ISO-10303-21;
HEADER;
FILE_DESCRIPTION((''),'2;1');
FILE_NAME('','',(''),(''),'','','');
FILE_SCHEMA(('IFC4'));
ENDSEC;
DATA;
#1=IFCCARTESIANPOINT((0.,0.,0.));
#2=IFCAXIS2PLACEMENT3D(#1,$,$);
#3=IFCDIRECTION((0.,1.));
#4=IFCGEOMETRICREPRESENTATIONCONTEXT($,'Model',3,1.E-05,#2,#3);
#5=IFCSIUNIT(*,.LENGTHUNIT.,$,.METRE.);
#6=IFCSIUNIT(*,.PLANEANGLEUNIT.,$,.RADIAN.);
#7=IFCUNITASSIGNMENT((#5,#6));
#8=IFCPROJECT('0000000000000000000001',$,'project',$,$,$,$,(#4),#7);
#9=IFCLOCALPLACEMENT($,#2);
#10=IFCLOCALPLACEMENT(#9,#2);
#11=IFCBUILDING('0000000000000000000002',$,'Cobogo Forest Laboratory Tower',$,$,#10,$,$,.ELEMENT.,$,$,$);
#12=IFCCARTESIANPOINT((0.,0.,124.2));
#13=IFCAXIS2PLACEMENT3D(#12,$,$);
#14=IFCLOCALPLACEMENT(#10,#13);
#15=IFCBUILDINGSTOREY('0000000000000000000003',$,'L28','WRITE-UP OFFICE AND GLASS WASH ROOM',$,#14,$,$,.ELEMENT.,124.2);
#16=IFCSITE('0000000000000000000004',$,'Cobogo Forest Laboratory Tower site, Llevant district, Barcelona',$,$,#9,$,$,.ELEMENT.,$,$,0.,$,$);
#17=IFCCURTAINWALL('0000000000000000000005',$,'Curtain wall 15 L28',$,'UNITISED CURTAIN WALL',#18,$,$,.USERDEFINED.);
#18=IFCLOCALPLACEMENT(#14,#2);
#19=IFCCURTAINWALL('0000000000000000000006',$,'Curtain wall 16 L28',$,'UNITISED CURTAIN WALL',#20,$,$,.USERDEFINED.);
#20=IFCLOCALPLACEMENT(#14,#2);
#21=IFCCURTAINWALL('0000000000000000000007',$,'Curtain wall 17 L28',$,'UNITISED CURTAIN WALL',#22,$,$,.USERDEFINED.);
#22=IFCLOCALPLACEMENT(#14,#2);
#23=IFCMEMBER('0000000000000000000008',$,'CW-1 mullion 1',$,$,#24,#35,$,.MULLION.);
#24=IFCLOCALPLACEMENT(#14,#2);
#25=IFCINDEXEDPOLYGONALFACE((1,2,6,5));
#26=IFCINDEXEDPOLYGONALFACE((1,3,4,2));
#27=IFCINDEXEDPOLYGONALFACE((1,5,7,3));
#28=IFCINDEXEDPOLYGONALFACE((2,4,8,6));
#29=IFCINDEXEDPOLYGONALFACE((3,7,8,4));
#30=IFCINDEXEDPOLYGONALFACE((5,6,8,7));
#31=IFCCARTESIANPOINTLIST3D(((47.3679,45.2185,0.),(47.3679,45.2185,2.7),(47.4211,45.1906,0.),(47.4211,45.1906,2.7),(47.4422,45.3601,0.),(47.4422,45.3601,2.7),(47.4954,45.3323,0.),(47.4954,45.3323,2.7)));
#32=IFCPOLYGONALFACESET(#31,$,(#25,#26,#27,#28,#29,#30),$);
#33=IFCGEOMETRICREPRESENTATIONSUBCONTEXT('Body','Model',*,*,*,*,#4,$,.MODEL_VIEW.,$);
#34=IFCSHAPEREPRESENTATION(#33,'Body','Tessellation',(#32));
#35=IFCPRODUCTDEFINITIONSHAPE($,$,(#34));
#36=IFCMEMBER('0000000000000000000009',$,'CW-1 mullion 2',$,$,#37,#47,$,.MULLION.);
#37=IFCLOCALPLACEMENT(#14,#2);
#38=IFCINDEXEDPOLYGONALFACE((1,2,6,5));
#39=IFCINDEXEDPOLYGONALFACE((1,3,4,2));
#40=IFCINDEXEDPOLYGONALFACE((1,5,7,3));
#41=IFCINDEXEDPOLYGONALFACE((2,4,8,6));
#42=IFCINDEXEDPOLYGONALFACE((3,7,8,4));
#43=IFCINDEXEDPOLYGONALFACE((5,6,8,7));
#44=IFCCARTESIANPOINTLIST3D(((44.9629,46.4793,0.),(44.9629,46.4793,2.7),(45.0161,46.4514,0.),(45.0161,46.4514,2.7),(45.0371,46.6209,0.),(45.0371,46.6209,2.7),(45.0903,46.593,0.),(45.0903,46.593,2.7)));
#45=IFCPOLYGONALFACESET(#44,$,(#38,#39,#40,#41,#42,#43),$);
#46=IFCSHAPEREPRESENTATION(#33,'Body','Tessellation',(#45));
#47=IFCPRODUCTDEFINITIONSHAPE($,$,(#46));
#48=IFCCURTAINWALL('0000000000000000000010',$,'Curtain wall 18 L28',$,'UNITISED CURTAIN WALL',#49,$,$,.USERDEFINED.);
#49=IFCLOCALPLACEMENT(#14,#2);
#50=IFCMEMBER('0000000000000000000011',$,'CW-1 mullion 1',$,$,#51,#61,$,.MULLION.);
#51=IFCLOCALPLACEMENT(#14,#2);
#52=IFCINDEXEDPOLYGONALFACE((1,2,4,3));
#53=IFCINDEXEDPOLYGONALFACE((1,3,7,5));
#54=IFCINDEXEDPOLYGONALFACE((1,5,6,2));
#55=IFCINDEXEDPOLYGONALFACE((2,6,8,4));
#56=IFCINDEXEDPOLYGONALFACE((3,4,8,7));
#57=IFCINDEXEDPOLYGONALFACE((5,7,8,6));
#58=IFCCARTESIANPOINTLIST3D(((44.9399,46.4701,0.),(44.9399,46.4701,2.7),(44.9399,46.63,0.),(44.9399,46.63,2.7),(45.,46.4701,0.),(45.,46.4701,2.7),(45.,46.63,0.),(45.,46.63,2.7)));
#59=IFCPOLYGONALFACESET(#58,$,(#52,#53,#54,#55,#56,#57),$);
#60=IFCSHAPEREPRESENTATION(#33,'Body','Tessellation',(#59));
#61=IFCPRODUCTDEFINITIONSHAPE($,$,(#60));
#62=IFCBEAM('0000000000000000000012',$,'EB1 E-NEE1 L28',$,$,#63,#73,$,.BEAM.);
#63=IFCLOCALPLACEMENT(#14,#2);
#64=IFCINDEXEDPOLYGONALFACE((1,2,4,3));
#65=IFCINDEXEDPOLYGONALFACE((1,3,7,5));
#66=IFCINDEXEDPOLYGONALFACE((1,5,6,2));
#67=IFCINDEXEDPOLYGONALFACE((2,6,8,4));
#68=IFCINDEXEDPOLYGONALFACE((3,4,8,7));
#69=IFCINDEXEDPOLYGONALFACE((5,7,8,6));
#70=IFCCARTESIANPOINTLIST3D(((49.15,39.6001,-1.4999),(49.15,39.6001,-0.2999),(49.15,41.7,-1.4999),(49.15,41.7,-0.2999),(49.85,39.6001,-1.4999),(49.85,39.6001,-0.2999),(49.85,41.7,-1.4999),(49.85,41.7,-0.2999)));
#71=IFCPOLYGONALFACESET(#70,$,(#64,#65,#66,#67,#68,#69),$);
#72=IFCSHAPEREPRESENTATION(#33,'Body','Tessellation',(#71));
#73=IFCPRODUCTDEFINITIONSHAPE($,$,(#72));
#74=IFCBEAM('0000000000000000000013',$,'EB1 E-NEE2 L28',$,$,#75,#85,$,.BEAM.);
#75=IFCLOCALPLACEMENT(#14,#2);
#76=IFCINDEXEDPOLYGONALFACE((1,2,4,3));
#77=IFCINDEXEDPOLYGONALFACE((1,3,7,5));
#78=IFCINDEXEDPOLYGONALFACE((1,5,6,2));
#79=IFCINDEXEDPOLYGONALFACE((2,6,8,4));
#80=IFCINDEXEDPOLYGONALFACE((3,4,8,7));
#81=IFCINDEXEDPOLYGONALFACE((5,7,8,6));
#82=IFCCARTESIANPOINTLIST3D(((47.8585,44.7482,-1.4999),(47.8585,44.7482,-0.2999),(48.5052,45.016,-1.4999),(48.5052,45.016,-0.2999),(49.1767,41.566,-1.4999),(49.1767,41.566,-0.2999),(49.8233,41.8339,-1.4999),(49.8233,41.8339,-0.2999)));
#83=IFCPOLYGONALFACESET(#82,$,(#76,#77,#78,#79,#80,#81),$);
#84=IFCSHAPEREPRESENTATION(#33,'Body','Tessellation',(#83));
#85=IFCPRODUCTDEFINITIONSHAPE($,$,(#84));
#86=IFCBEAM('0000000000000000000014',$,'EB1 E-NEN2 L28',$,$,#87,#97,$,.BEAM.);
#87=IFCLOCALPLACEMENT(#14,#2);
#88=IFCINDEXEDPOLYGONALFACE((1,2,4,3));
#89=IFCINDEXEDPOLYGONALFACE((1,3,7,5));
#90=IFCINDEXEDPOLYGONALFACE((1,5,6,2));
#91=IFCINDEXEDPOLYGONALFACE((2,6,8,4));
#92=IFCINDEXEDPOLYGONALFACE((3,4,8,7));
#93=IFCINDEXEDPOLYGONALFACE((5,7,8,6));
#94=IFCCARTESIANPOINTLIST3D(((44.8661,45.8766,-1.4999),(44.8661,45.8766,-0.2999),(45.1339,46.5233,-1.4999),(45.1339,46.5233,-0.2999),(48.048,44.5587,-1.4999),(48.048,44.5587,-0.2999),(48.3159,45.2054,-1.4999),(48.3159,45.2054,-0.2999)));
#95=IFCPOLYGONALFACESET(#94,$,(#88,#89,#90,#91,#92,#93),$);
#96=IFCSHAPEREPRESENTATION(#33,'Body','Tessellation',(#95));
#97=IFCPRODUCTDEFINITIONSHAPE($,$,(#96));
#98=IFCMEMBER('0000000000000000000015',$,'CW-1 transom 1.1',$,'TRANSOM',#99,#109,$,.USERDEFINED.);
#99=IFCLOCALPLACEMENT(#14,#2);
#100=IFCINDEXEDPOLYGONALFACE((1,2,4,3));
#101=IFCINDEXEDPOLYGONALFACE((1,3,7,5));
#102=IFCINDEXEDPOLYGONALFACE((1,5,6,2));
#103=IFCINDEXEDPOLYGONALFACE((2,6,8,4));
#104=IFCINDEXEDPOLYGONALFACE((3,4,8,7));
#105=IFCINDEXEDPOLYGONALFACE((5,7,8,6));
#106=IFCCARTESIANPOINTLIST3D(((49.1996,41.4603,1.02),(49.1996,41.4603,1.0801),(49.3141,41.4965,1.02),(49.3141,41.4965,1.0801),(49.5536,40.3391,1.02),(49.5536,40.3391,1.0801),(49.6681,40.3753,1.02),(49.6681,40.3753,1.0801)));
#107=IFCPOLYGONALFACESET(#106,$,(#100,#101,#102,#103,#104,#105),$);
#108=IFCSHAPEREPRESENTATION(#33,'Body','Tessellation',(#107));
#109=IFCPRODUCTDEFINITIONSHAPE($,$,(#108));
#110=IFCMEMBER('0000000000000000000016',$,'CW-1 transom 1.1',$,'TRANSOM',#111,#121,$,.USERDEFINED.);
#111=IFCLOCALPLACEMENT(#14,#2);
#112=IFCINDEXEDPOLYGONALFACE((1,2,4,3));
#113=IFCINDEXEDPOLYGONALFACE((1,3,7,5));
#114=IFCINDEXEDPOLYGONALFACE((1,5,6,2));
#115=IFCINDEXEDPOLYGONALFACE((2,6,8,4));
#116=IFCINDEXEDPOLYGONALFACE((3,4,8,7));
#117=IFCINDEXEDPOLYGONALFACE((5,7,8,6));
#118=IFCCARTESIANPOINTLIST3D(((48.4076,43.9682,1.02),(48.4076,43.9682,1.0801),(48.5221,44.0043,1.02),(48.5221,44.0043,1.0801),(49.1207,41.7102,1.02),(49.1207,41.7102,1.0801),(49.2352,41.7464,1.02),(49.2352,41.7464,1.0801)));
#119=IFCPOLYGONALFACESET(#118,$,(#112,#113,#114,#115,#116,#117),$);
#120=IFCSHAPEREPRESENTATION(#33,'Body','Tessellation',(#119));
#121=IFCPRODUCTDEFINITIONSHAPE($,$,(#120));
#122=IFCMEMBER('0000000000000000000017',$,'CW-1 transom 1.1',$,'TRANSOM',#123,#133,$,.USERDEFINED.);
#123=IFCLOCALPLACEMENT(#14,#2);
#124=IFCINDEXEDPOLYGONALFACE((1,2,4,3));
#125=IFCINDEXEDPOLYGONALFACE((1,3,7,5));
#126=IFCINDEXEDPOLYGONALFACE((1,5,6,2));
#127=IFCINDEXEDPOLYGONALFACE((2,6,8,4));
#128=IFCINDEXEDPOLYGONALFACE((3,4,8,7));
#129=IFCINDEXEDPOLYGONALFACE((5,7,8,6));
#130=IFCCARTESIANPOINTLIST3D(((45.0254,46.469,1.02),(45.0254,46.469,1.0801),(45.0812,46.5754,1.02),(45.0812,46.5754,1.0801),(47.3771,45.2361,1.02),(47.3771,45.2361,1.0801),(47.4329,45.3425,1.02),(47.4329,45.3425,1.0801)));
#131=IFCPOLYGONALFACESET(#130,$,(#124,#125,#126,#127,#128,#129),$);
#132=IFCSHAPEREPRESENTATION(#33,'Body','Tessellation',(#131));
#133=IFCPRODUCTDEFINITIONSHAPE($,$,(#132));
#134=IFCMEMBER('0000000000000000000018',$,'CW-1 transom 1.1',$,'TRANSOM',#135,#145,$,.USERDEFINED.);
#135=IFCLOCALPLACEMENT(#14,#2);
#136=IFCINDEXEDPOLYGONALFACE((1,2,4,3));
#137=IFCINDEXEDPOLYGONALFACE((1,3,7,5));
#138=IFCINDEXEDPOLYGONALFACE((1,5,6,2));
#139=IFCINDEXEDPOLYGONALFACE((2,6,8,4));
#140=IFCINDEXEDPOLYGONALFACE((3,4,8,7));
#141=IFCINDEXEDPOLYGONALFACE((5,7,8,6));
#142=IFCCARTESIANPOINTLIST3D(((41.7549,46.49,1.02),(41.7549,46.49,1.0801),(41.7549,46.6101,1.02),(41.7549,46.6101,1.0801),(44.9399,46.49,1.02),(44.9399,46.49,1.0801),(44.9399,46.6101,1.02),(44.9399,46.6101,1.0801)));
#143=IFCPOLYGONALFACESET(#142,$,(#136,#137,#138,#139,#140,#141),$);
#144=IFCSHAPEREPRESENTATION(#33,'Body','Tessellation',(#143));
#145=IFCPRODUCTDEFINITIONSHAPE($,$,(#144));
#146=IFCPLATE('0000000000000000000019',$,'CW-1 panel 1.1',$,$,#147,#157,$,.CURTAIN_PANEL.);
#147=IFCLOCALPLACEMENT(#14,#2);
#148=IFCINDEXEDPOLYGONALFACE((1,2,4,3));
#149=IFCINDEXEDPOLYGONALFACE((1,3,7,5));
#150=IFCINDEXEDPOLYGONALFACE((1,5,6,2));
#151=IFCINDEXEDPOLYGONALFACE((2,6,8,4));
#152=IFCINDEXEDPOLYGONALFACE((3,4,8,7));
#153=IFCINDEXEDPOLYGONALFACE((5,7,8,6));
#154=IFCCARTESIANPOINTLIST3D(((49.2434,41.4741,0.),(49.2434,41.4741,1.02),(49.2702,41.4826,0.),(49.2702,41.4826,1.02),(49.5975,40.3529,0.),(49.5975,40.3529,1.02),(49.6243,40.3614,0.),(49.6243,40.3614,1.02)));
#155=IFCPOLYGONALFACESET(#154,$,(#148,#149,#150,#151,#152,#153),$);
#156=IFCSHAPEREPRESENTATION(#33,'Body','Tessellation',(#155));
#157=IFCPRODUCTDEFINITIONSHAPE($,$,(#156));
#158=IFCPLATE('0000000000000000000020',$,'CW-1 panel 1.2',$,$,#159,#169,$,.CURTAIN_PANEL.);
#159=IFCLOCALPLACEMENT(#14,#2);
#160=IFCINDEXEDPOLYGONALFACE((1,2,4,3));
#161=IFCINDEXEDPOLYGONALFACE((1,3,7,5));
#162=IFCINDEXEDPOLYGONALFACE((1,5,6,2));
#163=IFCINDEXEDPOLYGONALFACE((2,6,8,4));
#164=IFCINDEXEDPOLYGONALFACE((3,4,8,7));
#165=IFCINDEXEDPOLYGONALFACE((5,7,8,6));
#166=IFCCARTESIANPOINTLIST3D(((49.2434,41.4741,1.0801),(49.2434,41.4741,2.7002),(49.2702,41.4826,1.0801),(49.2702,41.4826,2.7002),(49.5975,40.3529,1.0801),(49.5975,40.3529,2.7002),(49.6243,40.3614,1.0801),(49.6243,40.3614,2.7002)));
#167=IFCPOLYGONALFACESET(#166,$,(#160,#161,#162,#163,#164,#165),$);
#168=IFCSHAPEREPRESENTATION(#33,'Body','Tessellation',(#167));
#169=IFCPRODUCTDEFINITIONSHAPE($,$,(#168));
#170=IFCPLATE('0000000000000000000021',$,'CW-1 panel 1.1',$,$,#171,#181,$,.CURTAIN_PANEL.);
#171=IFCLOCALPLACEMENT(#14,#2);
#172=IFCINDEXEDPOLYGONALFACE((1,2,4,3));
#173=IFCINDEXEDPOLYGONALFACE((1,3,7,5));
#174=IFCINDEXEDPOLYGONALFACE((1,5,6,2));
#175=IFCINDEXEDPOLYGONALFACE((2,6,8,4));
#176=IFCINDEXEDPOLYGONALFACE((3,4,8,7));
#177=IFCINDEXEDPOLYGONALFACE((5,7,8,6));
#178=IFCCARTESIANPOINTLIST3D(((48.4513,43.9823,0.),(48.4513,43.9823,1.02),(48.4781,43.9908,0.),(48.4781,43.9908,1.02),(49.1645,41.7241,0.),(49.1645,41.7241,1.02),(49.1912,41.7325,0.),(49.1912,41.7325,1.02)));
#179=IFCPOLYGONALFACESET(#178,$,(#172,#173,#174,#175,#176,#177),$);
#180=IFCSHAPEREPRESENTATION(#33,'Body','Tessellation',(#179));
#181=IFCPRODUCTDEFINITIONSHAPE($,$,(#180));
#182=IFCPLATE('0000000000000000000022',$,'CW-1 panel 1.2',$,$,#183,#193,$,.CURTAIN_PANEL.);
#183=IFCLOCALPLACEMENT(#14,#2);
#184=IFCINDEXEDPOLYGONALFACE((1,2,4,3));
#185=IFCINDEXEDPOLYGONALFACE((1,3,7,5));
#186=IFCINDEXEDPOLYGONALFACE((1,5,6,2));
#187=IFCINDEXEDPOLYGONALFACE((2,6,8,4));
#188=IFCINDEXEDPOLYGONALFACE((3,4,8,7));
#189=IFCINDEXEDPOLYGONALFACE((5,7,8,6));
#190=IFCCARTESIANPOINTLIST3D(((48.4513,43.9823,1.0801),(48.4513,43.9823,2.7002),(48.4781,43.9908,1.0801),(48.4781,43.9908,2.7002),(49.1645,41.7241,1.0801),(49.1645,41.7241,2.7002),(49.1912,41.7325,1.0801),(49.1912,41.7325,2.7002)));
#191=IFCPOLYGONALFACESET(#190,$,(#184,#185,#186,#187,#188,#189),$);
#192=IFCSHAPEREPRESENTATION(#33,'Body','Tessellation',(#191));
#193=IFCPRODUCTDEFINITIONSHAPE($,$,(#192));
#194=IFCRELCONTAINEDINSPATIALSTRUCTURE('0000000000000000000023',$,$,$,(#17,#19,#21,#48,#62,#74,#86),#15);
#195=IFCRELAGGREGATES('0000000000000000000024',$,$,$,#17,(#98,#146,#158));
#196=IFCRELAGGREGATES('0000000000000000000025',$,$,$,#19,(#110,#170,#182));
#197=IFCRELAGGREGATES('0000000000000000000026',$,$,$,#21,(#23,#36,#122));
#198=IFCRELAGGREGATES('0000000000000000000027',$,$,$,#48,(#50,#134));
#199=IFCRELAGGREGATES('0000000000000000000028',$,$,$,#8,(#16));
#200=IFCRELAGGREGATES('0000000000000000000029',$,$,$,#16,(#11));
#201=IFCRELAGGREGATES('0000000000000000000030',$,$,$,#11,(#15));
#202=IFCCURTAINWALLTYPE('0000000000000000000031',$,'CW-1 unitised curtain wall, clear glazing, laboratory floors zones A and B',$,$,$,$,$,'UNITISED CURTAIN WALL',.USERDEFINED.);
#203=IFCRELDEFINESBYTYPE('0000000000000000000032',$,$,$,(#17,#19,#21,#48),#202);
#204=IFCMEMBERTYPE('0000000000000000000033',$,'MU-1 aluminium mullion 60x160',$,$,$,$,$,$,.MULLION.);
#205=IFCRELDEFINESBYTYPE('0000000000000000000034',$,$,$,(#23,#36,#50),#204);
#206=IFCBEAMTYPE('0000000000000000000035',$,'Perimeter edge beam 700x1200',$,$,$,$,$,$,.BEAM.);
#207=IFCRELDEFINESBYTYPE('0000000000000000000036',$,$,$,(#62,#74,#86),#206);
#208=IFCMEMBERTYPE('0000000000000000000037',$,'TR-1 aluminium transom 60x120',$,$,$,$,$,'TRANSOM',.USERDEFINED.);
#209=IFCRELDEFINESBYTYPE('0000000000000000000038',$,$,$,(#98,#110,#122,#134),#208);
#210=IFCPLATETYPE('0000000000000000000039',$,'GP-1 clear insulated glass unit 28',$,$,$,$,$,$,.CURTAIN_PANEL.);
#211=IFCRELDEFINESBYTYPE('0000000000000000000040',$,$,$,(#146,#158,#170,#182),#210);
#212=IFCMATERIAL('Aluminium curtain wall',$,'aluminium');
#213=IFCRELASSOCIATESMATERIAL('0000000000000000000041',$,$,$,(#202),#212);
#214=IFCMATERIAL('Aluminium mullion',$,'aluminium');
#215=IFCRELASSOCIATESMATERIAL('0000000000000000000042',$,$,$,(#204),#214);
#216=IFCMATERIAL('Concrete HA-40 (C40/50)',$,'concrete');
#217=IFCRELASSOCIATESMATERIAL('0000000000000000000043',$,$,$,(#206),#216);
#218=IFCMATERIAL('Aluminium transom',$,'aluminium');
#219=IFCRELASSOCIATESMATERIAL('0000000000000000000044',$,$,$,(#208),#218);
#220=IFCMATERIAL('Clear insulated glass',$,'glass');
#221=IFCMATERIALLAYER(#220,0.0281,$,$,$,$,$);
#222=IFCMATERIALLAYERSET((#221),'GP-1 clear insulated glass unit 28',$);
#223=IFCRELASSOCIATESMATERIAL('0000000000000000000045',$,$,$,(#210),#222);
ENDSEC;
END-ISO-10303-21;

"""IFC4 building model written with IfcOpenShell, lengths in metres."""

from ifc_helpers import new_model, si_unit, direction, frame, origin, origin_2d, place, context, subcontext, project, spatial, rectangle, extrude, material, layer, layer_set, material_profile, profile_set, type_object, element, aggregate, save


model = new_model("IFC4")

# Units and contexts
model_context = context("Model", 3, precision=1e-05, world=origin(), true_north=direction((0.0, 1.0)))
body_context = subcontext(model_context, "Body", "Model", "MODEL_VIEW")
ifc_project = project(units=[si_unit("LENGTHUNIT", "METRE"), si_unit("PLANEANGLEUNIT", "RADIAN")], contexts=[model_context])

# Site, building, storey
site_placement = place(None, origin())
site = spatial("IfcSite", under=ifc_project, at=site_placement, Name="Cobogo Forest Laboratory Tower site, Llevant district, Barcelona", CompositionType="ELEMENT", RefElevation=0.0)
building_placement = place(site_placement, origin())
building = spatial("IfcBuilding", under=site, at=building_placement, Name="Cobogo Forest Laboratory Tower", CompositionType="ELEMENT")
storey_placement = place(building_placement, frame((0.0, 0.0, 124.2)))
storey = spatial("IfcBuildingStorey", under=building, at=storey_placement, Name="L28", Description="WRITE-UP OFFICE AND GLASS WASH ROOM", CompositionType="ELEMENT", Elevation=124.2)

# Shared definitions
ifc_material_1 = material(Name="Concrete HA-40 (C40/50)", Category="concrete")

# Shared definitions
ifc_material_2 = material(Name="Aluminium curtain wall", Category="aluminium")
curtain_wall_type = type_object("IfcCurtainWallType", Name="CW-1 unitised curtain wall, clear glazing, laboratory floors zones A and B", ElementType="UNITISED CURTAIN WALL", PredefinedType="USERDEFINED", material=ifc_material_2)
ifc_material_3 = material(Name="Aluminium mullion", Category="aluminium")
ifc_material_profile_1 = material_profile(ifc_material_3, rectangle(XDim=0.0601, YDim=0.1599, at=origin_2d()), Name="AL 60x160")
ifc_profile_set_1 = profile_set([ifc_material_profile_1], Name="Aluminium mullion")
member_type_1 = type_object("IfcMemberType", Name="MU-1 aluminium mullion 60x160", PredefinedType="MULLION", material=ifc_profile_set_1)

# Curtain walls, members
curtain_wall_1_placement = place(storey_placement, origin())
curtain_wall_1 = element("IfcCurtainWall", 1, at=curtain_wall_1_placement, inside=storey, type_object=curtain_wall_type, Name="Curtain wall 15 L28", ObjectType="UNITISED CURTAIN WALL", PredefinedType="USERDEFINED")
curtain_wall_2_placement = place(storey_placement, origin())
curtain_wall_2 = element("IfcCurtainWall", 2, at=curtain_wall_2_placement, inside=storey, type_object=curtain_wall_type, Name="Curtain wall 16 L28", ObjectType="UNITISED CURTAIN WALL", PredefinedType="USERDEFINED")
curtain_wall_3_placement = place(storey_placement, origin())
curtain_wall_3 = element("IfcCurtainWall", 3, at=curtain_wall_3_placement, inside=storey, type_object=curtain_wall_type, Name="Curtain wall 17 L28", ObjectType="UNITISED CURTAIN WALL", PredefinedType="USERDEFINED")
member_1_placement = place(storey_placement, frame((47.4316, 45.2754, 0.0), z_axis=(0.0, 0.0, 1.0), x_axis=(-0.885687, 0.464284, 0.0)))
member_1 = element("IfcMember", 4, at=member_1_placement, type_object=member_type_1, Name="CW-1 mullion 1", PredefinedType="MULLION", context=body_context, shape_type="SweptSolid", body=[
    extrude(rectangle(XDim=0.0601, YDim=0.1599, at=origin_2d()), origin(), (0.0, 0.0, 1.0), 2.7),
])
member_2_placement = place(storey_placement, frame((45.0266, 46.5361, 0.0), z_axis=(0.0, 0.0, 1.0), x_axis=(-0.885687, 0.464284, 0.0)))
member_2 = element("IfcMember", 5, at=member_2_placement, type_object=member_type_1, Name="CW-1 mullion 2", PredefinedType="MULLION", context=body_context, shape_type="SweptSolid", body=[
    extrude(rectangle(XDim=0.0601, YDim=0.1599, at=origin_2d()), origin(), (0.0, 0.0, 1.0), 2.7),
])

# Curtain wall, member
curtain_wall_4_placement = place(storey_placement, origin())
curtain_wall_4 = element("IfcCurtainWall", 6, at=curtain_wall_4_placement, inside=storey, type_object=curtain_wall_type, Name="Curtain wall 18 L28", ObjectType="UNITISED CURTAIN WALL", PredefinedType="USERDEFINED")
member_3_placement = place(storey_placement, frame((44.97, 46.55, 0.0), z_axis=(0.0, 0.0, 1.0), x_axis=(-1.0, 0.0, 0.0)))
member_3 = element("IfcMember", 7, at=member_3_placement, type_object=member_type_1, Name="CW-1 mullion 1", PredefinedType="MULLION", context=body_context, shape_type="SweptSolid", body=[
    extrude(rectangle(XDim=0.0601, YDim=0.1599, at=origin_2d()), origin(), (0.0, 0.0, 1.0), 2.7),
])

# Beams
ifc_material_profile_2 = material_profile(ifc_material_1, rectangle(XDim=0.7, YDim=1.2, at=origin_2d()), Name="RC 700x1200")
ifc_profile_set_2 = profile_set([ifc_material_profile_2], Name="Concrete HA-40 (C40/50)")
beam_type_1 = type_object("IfcBeamType", Name="Perimeter edge beam 700x1200", PredefinedType="BEAM", material=ifc_profile_set_2)
beam_1_placement = place(storey_placement, frame((49.5, 39.6001, -0.8999), z_axis=(0.0, 1.0, 0.0), x_axis=(-1.0, 0.0, 0.0)))
element("IfcBeam", 8, at=beam_1_placement, inside=storey, type_object=beam_type_1, Name="EB1 E-NEE1 L28", PredefinedType="BEAM", context=body_context, shape_type="SweptSolid", body=[
    extrude(rectangle(XDim=0.7, YDim=1.2, at=origin_2d()), origin(), (0.0, 0.0, 1.0), 2.0999),
])
beam_2_placement = place(storey_placement, frame((49.5, 41.7, -0.8999), z_axis=(-0.382692, 0.923876, 0.0), x_axis=(-0.923876, -0.382692, 0.0)))
element("IfcBeam", 9, at=beam_2_placement, inside=storey, type_object=beam_type_1, Name="EB1 E-NEE2 L28", PredefinedType="BEAM", context=body_context, shape_type="SweptSolid", body=[
    extrude(rectangle(XDim=0.7, YDim=1.2, at=origin_2d()), origin(), (0.0, 0.0, 1.0), 3.4443),
])
beam_3_placement = place(storey_placement, frame((45.0, 46.2, -0.8999), z_axis=(0.923891, -0.382656, 0.0), x_axis=(0.382656, 0.923891, 0.0)))
element("IfcBeam", 10, at=beam_3_placement, inside=storey, type_object=beam_type_1, Name="EB1 E-NEN2 L28", PredefinedType="BEAM", context=body_context, shape_type="SweptSolid", body=[
    extrude(rectangle(XDim=0.7, YDim=1.2, at=origin_2d()), origin(), (0.0, 0.0, 1.0), 3.4441),
])

# Members
ifc_material_4 = material(Name="Aluminium transom", Category="aluminium")
ifc_material_profile_3 = material_profile(ifc_material_4, rectangle(XDim=0.1201, YDim=0.0601, at=origin_2d()), Name="AL 60x120")
ifc_profile_set_3 = profile_set([ifc_material_profile_3], Name="Aluminium transom")
member_type_2 = type_object("IfcMemberType", Name="TR-1 aluminium transom 60x120", ElementType="TRANSOM", PredefinedType="USERDEFINED", material=ifc_profile_set_3)
member_4_placement = place(storey_placement, frame((49.6108, 40.3572, 1.05), z_axis=(-0.301052, 0.953608, 0.0), x_axis=(-0.953608, -0.301052, 0.0)))
member_4 = element("IfcMember", 11, at=member_4_placement, type_object=member_type_2, Name="CW-1 transom 1.1", ObjectType="TRANSOM", PredefinedType="USERDEFINED", context=body_context, shape_type="SweptSolid", body=[
    extrude(rectangle(XDim=0.1201, YDim=0.0601, at=origin_2d()), origin(), (0.0, 0.0, 1.0), 1.1758),
])
member_5_placement = place(storey_placement, frame((49.178, 41.7283, 1.05), z_axis=(-0.301156, 0.953575, 0.0), x_axis=(-0.953575, -0.301156, 0.0)))
member_5 = element("IfcMember", 12, at=member_5_placement, type_object=member_type_2, Name="CW-1 transom 1.1", ObjectType="TRANSOM", PredefinedType="USERDEFINED", context=body_context, shape_type="SweptSolid", body=[
    extrude(rectangle(XDim=0.1201, YDim=0.0601, at=origin_2d()), origin(), (0.0, 0.0, 1.0), 2.3679),
])
member_6_placement = place(storey_placement, frame((47.405, 45.2893, 1.05), z_axis=(-0.885675, 0.464306, 0.0), x_axis=(-0.464306, -0.885675, 0.0)))
member_6 = element("IfcMember", 13, at=member_6_placement, type_object=member_type_2, Name="CW-1 transom 1.1", ObjectType="TRANSOM", PredefinedType="USERDEFINED", context=body_context, shape_type="SweptSolid", body=[
    extrude(rectangle(XDim=0.1201, YDim=0.0601, at=origin_2d()), origin(), (0.0, 0.0, 1.0), 2.6553),
])
member_7_placement = place(storey_placement, frame((44.9399, 46.55, 1.05), z_axis=(-1.0, 0.0, 0.0), x_axis=(0.0, -1.0, 0.0)))
member_7 = element("IfcMember", 14, at=member_7_placement, type_object=member_type_2, Name="CW-1 transom 1.1", ObjectType="TRANSOM", PredefinedType="USERDEFINED", context=body_context, shape_type="SweptSolid", body=[
    extrude(rectangle(XDim=0.1201, YDim=0.0601, at=origin_2d()), origin(), (0.0, 0.0, 1.0), 3.1851),
])

# Plates
ifc_material_5 = material(Name="Clear insulated glass", Category="glass")
ifc_layer = layer(ifc_material_5, 0.0281)
ifc_layer_set = layer_set([ifc_layer], Name="GP-1 clear insulated glass unit 28")
plate_type = type_object("IfcPlateType", Name="GP-1 clear insulated glass unit 28", PredefinedType="CURTAIN_PANEL", material=ifc_layer_set)
plate_1_placement = place(storey_placement, frame((49.4338, 40.9177, 0.0), z_axis=(0.0, 0.0, 1.0), x_axis=(-0.301135, 0.953581, 0.0)))
plate_1 = element("IfcPlate", 15, at=plate_1_placement, type_object=plate_type, Name="CW-1 panel 1.1", PredefinedType="CURTAIN_PANEL", context=body_context, shape_type="SweptSolid", body=[
    extrude(rectangle(XDim=1.1758, YDim=0.0281, at=origin_2d()), origin(), (0.0, 0.0, 1.0), 1.02),
])
plate_2_placement = place(storey_placement, frame((49.4338, 40.9177, 1.0801), z_axis=(0.0, 0.0, 1.0), x_axis=(-0.301135, 0.953581, 0.0)))
plate_2 = element("IfcPlate", 16, at=plate_2_placement, type_object=plate_type, Name="CW-1 panel 1.2", PredefinedType="CURTAIN_PANEL", context=body_context, shape_type="SweptSolid", body=[
    extrude(rectangle(XDim=1.1758, YDim=0.0281, at=origin_2d()), origin(), (0.0, 0.0, 1.0), 1.6201),
])
aggregate(curtain_wall_1, [member_4, plate_1, plate_2])
plate_3_placement = place(storey_placement, frame((48.8213, 42.8574, 0.0), z_axis=(0.0, 0.0, 1.0), x_axis=(-0.301135, 0.953581, 0.0)))
plate_3 = element("IfcPlate", 17, at=plate_3_placement, type_object=plate_type, Name="CW-1 panel 1.1", PredefinedType="CURTAIN_PANEL", context=body_context, shape_type="SweptSolid", body=[
    extrude(rectangle(XDim=2.3682, YDim=0.0281, at=origin_2d()), origin(), (0.0, 0.0, 1.0), 1.02),
])
plate_4_placement = place(storey_placement, frame((48.8213, 42.8574, 1.0801), z_axis=(0.0, 0.0, 1.0), x_axis=(-0.301135, 0.953581, 0.0)))
plate_4 = element("IfcPlate", 18, at=plate_4_placement, type_object=plate_type, Name="CW-1 panel 1.2", PredefinedType="CURTAIN_PANEL", context=body_context, shape_type="SweptSolid", body=[
    extrude(rectangle(XDim=2.3682, YDim=0.0281, at=origin_2d()), origin(), (0.0, 0.0, 1.0), 1.6201),
])
aggregate(curtain_wall_2, [member_5, plate_3, plate_4])
aggregate(curtain_wall_3, [member_1, member_2, member_6])
aggregate(curtain_wall_4, [member_3, member_7])

save(model, "model.ifc")
